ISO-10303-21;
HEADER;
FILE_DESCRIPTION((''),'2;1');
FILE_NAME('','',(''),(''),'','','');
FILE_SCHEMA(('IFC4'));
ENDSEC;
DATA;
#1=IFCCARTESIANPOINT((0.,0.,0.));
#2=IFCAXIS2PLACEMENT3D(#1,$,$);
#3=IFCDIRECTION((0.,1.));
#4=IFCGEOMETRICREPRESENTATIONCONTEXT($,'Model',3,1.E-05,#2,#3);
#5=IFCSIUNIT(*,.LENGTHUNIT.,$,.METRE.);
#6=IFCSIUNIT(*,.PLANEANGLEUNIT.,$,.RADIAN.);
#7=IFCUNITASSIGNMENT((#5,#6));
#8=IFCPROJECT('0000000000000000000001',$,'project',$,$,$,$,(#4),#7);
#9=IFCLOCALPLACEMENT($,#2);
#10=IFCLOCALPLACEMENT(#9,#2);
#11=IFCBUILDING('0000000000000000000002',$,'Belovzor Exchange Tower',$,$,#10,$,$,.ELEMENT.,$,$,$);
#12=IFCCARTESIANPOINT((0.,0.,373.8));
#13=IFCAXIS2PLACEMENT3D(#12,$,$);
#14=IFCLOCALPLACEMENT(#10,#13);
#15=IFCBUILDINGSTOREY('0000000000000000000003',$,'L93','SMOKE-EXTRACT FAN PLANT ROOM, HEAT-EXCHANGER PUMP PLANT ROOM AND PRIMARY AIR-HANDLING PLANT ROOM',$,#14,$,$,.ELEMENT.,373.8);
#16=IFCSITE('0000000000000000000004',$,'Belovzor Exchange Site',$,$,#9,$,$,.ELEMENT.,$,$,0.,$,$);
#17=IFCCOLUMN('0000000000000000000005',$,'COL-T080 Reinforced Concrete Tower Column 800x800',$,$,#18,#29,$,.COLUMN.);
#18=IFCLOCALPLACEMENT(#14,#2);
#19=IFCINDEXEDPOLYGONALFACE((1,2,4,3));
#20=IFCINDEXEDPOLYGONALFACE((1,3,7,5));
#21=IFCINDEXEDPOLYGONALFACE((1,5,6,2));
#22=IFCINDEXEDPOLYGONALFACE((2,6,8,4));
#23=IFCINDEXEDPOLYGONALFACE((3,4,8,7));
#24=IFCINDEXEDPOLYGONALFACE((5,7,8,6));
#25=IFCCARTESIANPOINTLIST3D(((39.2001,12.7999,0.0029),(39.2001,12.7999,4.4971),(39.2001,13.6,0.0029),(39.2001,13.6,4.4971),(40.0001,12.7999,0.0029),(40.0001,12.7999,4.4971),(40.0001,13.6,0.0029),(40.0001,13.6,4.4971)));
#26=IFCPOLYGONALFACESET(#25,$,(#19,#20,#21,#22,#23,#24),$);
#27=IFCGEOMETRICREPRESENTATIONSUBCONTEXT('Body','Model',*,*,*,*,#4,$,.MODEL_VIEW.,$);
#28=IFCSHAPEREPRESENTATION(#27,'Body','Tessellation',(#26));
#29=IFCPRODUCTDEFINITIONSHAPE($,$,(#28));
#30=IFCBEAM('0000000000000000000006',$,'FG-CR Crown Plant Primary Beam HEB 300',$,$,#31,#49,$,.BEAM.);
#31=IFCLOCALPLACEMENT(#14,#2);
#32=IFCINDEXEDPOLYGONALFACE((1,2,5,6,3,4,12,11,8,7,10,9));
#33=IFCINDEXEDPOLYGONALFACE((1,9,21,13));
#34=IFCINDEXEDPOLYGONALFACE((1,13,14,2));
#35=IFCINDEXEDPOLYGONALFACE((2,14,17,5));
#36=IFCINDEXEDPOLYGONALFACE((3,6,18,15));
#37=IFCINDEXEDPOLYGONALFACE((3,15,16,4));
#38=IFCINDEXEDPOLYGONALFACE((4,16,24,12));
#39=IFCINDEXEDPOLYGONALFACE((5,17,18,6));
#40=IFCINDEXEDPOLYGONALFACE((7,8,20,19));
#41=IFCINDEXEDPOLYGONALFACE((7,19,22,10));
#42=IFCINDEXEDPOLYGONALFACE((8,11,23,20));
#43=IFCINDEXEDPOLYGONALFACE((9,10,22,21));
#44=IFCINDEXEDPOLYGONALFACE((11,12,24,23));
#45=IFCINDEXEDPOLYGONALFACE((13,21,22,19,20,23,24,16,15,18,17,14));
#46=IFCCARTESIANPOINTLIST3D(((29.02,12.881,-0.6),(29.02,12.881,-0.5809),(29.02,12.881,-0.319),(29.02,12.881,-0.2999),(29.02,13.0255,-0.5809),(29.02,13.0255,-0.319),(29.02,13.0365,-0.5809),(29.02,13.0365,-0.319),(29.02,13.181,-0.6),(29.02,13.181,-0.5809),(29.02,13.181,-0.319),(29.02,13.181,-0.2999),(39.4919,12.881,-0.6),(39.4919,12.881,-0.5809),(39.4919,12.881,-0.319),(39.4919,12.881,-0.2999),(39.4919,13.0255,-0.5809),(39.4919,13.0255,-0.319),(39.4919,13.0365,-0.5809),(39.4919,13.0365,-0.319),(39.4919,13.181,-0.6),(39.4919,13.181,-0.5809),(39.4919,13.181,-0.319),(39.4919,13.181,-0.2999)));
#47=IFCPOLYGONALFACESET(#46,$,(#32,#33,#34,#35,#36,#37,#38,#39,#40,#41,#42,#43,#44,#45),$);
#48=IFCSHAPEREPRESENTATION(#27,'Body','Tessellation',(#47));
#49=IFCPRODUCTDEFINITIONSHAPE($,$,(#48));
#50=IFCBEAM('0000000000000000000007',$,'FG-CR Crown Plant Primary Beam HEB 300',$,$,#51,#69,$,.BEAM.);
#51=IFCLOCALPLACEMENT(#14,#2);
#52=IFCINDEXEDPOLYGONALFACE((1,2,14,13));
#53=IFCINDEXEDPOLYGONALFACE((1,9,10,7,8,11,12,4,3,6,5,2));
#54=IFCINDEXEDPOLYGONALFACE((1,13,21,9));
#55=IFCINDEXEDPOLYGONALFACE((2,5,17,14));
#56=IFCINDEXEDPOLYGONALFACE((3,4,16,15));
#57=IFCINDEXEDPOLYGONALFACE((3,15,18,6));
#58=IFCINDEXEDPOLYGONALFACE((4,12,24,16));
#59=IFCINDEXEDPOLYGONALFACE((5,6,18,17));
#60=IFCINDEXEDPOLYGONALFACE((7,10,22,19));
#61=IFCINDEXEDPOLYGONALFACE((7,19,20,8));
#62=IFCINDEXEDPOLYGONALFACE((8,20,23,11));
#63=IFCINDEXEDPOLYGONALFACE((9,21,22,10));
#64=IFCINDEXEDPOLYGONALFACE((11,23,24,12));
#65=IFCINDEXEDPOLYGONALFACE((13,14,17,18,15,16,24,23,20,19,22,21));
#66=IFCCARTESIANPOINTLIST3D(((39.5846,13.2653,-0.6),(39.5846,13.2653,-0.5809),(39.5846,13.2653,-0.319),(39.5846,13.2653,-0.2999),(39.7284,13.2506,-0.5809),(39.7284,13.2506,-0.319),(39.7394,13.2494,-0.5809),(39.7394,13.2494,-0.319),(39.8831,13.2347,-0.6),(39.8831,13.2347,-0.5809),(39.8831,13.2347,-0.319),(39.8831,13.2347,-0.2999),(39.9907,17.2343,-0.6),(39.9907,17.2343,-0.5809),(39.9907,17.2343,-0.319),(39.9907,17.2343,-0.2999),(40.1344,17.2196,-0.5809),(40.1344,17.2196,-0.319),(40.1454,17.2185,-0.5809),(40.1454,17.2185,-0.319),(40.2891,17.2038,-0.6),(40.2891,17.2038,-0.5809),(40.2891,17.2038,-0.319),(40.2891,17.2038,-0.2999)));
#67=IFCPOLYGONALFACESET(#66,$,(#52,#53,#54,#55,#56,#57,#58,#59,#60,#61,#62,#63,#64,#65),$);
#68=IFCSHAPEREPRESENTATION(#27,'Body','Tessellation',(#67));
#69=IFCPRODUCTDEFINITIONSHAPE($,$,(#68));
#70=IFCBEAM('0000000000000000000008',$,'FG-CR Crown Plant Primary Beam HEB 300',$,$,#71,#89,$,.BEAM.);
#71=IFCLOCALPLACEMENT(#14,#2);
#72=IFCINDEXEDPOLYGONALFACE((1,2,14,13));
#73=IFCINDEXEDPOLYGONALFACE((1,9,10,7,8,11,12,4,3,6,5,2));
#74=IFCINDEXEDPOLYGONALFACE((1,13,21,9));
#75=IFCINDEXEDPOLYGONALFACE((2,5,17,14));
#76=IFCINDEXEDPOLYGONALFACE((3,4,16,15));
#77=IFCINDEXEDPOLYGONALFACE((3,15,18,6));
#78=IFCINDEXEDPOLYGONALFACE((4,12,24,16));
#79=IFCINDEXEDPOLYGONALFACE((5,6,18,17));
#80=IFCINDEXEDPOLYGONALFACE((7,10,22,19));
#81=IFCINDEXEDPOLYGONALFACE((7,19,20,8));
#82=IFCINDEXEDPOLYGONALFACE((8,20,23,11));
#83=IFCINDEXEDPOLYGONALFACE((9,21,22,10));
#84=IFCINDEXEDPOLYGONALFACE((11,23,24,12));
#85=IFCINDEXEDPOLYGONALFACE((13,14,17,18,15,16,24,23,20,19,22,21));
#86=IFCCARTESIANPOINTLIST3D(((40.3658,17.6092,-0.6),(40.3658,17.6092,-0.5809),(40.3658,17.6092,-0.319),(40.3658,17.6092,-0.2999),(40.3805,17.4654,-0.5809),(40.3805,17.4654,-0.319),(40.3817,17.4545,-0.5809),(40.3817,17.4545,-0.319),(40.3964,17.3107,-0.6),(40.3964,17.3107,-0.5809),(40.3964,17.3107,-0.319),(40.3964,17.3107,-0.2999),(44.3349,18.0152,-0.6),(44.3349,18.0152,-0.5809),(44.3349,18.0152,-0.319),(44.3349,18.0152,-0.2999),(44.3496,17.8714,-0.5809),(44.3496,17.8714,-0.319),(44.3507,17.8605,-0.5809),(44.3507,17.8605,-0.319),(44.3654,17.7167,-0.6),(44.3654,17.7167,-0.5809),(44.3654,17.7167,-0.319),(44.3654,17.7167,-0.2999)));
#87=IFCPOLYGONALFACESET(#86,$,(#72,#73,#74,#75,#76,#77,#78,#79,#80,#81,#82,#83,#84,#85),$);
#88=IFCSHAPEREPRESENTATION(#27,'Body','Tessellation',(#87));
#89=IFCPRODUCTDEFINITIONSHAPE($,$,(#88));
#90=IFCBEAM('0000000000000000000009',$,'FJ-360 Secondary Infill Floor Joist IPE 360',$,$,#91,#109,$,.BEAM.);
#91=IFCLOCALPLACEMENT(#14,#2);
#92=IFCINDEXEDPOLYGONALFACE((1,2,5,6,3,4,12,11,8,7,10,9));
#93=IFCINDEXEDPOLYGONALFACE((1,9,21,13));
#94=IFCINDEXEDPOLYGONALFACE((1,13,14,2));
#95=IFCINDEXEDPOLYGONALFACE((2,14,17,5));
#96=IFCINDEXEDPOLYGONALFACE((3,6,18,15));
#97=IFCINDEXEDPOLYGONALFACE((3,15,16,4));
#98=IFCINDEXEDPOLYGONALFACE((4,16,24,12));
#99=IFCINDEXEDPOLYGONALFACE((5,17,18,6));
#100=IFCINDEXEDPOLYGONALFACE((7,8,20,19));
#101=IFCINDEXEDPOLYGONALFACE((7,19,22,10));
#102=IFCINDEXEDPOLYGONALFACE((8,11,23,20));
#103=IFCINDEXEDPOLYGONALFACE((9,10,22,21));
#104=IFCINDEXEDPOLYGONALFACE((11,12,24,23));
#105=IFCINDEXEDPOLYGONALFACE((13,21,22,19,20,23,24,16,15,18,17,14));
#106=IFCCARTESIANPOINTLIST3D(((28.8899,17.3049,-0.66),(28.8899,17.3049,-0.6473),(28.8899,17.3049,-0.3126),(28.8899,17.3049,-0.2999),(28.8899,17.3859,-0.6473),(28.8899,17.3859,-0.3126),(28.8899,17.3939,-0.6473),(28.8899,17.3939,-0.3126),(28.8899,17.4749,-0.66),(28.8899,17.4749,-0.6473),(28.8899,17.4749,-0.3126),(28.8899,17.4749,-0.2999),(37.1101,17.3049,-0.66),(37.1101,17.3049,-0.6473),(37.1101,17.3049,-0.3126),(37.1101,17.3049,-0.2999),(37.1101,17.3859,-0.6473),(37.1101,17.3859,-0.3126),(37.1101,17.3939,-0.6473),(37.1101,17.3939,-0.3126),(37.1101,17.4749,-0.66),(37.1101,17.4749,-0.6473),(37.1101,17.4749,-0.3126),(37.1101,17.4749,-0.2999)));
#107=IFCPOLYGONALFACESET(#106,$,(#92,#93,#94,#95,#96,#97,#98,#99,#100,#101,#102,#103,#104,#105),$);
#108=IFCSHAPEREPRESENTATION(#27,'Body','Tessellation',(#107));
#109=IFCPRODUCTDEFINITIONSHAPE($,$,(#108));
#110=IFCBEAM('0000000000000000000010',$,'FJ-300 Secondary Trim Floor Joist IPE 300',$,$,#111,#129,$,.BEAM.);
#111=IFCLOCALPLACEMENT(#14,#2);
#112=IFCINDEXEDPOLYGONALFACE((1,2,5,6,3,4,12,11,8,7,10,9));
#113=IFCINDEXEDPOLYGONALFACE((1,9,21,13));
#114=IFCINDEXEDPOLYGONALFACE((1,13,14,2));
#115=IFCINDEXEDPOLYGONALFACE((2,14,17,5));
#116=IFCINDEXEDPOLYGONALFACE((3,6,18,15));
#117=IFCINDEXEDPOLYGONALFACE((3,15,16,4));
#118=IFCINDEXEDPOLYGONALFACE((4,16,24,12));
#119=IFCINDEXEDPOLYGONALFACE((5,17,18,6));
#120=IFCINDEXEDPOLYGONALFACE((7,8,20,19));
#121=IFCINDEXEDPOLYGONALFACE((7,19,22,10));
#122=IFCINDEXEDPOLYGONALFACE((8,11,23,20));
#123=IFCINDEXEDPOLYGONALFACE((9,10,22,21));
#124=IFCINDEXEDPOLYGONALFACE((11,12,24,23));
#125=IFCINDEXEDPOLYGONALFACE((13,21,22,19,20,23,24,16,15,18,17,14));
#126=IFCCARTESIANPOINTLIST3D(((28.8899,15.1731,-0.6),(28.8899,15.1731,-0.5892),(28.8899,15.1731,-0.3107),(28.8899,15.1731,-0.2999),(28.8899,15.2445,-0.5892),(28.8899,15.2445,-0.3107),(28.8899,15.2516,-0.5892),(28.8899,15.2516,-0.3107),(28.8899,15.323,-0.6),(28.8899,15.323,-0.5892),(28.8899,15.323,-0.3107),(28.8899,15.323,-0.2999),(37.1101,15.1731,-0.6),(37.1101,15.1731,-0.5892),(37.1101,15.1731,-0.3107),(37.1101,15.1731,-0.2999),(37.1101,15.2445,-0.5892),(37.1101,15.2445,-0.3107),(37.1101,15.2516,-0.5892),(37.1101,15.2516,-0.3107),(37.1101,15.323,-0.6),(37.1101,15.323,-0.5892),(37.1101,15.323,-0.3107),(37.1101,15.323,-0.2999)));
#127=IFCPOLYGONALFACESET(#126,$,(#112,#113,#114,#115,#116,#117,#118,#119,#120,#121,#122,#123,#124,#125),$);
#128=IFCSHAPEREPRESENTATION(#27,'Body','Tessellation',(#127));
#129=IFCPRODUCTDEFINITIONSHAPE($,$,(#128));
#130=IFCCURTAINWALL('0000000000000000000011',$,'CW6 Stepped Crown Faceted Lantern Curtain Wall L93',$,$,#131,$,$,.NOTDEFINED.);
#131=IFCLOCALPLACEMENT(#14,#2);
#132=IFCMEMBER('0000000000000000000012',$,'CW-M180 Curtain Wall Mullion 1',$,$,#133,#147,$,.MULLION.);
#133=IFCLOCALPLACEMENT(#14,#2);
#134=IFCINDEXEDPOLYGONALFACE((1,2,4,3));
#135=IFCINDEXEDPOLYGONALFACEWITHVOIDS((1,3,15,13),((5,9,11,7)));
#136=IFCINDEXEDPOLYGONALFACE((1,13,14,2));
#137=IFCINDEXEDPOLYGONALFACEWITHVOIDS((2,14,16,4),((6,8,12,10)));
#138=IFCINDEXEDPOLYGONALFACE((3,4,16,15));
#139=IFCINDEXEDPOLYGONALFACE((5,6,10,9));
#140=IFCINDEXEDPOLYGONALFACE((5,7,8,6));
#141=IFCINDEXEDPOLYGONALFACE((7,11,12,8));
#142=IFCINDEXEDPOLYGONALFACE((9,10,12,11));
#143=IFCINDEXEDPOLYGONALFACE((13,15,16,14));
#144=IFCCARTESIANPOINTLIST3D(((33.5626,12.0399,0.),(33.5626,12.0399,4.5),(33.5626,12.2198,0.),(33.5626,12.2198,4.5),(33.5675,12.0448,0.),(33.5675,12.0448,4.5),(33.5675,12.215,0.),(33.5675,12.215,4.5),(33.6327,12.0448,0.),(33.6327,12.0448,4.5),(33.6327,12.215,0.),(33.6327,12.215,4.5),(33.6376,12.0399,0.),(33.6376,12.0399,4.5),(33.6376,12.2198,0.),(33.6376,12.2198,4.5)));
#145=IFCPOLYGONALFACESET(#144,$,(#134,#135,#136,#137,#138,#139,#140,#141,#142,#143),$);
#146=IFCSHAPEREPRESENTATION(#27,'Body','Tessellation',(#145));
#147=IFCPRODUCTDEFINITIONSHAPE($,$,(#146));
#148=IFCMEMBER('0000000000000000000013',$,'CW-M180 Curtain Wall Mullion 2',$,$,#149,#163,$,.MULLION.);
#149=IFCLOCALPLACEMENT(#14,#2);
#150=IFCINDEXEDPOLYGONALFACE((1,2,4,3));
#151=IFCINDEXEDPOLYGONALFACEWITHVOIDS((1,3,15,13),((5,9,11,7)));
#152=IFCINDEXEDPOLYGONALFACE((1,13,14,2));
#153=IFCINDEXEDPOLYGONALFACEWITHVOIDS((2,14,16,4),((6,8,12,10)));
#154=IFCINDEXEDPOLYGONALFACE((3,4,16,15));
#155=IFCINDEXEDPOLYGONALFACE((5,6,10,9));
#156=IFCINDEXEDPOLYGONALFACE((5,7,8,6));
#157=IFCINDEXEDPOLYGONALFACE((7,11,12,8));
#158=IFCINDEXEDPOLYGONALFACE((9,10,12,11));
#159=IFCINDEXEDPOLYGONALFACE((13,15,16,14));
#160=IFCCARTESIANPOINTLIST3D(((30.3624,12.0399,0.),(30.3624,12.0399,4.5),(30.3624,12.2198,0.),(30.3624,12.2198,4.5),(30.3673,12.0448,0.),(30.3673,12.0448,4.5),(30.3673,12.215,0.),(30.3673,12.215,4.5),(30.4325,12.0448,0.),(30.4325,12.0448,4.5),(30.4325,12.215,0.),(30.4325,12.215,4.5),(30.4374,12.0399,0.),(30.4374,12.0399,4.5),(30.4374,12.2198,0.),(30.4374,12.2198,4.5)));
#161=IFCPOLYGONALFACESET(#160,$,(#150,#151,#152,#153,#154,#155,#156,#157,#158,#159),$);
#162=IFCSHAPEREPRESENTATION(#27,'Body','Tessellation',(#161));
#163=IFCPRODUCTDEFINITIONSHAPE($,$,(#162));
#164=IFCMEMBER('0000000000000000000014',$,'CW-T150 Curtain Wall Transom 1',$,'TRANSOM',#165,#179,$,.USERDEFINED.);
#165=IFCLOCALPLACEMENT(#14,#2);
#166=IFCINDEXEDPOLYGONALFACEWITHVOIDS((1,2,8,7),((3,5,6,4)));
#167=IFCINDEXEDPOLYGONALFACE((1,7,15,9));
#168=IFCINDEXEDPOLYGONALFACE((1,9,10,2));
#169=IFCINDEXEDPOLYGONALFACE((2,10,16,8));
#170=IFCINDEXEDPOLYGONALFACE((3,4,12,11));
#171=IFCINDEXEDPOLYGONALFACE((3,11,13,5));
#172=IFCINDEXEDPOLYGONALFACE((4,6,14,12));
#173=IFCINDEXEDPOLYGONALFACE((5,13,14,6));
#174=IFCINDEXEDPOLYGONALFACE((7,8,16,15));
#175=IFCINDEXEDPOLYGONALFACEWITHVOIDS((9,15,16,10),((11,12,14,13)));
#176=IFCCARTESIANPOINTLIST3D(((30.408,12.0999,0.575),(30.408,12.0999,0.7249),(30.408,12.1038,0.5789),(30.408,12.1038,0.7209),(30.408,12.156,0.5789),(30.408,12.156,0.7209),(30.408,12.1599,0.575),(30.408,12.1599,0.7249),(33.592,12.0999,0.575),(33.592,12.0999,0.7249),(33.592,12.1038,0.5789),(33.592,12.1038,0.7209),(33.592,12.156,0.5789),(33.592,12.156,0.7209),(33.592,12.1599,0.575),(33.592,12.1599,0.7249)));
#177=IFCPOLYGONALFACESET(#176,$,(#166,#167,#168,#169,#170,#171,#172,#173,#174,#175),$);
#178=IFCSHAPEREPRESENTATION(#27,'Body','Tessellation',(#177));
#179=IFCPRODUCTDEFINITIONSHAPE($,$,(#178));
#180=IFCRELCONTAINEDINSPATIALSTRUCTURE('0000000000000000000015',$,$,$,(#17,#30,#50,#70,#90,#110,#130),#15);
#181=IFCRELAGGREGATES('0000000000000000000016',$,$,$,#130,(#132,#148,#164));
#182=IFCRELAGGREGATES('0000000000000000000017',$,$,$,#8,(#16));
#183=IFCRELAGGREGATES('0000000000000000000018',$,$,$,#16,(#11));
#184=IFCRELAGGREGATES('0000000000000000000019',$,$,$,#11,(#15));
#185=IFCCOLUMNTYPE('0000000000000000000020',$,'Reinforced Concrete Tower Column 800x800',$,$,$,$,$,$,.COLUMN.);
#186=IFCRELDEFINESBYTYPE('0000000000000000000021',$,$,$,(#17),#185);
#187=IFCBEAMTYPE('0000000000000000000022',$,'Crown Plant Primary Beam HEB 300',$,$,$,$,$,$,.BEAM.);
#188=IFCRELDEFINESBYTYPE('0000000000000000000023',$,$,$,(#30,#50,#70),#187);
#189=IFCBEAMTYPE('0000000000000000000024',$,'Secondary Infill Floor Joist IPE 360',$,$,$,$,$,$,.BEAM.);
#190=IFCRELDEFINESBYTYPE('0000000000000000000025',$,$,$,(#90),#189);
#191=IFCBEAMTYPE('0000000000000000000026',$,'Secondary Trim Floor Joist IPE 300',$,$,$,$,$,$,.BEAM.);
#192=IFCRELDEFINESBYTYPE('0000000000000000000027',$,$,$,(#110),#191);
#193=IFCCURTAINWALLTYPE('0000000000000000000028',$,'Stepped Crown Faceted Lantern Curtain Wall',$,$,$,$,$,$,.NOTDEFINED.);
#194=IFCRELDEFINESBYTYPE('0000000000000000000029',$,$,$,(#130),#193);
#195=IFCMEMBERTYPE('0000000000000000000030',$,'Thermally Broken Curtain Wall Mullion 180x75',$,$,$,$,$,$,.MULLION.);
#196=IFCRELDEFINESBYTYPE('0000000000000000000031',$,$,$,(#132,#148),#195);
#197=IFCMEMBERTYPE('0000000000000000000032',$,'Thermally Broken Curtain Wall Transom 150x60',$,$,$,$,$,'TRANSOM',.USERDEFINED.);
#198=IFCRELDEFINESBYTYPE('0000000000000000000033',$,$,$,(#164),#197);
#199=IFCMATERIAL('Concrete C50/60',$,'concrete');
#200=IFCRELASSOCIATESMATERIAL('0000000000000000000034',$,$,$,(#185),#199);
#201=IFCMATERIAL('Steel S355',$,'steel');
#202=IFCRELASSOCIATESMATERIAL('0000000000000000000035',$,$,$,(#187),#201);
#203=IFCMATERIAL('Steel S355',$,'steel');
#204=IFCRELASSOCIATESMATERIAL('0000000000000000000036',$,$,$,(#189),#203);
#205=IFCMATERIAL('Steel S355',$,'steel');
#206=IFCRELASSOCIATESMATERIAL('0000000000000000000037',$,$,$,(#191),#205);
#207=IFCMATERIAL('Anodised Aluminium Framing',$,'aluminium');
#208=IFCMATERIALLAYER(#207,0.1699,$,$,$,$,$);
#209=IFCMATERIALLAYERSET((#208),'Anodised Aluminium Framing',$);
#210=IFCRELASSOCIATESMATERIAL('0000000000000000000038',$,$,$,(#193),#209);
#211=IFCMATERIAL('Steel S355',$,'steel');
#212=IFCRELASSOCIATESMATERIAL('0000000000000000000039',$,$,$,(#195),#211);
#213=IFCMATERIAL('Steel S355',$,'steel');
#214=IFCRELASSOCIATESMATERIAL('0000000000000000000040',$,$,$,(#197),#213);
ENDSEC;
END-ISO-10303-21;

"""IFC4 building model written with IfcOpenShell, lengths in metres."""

from ifc_helpers import new_model, si_unit, direction, frame, origin, origin_2d, place, context, subcontext, project, spatial, rectangle, hollow_rectangle, i_section, extrude, material, layer, layer_set, material_profile, profile_set, type_object, element, aggregate, save


model = new_model("IFC4")

# Units and contexts
model_context = context("Model", 3, precision=1e-05, world=origin(), true_north=direction((0.0, 1.0)))
body_context = subcontext(model_context, "Body", "Model", "MODEL_VIEW")
ifc_project = project(units=[si_unit("LENGTHUNIT", "METRE"), si_unit("PLANEANGLEUNIT", "RADIAN")], contexts=[model_context])

# Site, building, storey
site_placement = place(None, origin())
site = spatial("IfcSite", under=ifc_project, at=site_placement, Name="Belovzor Exchange Site", CompositionType="ELEMENT", RefElevation=0.0)
building_placement = place(site_placement, origin())
building = spatial("IfcBuilding", under=site, at=building_placement, Name="Belovzor Exchange Tower", CompositionType="ELEMENT")
storey_placement = place(building_placement, frame((0.0, 0.0, 373.8)))
storey = spatial("IfcBuildingStorey", under=building, at=storey_placement, Name="L93", Description="SMOKE-EXTRACT FAN PLANT ROOM, HEAT-EXCHANGER PUMP PLANT ROOM AND PRIMARY AIR-HANDLING PLANT ROOM", CompositionType="ELEMENT", Elevation=373.8)

# Column
ifc_material_1 = material(Name="Concrete C50/60", Category="concrete")
ifc_material_profile_1 = material_profile(ifc_material_1, rectangle(XDim=0.8, YDim=0.8, at=origin_2d()))
ifc_profile_set_1 = profile_set([ifc_material_profile_1], Name="Concrete C50/60")
column_type = type_object("IfcColumnType", Name="Reinforced Concrete Tower Column 800x800", PredefinedType="COLUMN", material=ifc_profile_set_1)
column_placement = place(storey_placement, frame((39.6001, 13.2, 0.0029), z_axis=(0.0, 0.0, 1.0), x_axis=(1.0, 0.0, 0.0)))
element("IfcColumn", 1, at=column_placement, inside=storey, type_object=column_type, Name="COL-T080 Reinforced Concrete Tower Column 800x800", PredefinedType="COLUMN", context=body_context, shape_type="SweptSolid", body=[
    extrude(rectangle(XDim=0.8, YDim=0.8, at=origin_2d()), origin(), (0.0, 0.0, 1.0), 4.4941),
])

# Beams
ifc_material_2 = material(Name="Steel S355", Category="steel")
ifc_material_profile_2 = material_profile(ifc_material_2, i_section(OverallWidth=0.3, OverallDepth=0.3, WebThickness=0.011, FlangeThickness=0.019, at=origin_2d()))
ifc_profile_set_2 = profile_set([ifc_material_profile_2], Name="Steel S355")
beam_type_1 = type_object("IfcBeamType", Name="Crown Plant Primary Beam HEB 300", PredefinedType="BEAM", material=ifc_profile_set_2)
beam_1_placement = place(storey_placement, frame((29.02, 13.031, -0.45), z_axis=(1.0, 0.0, 0.0), x_axis=(0.0, 1.0, 0.0)))
element("IfcBeam", 2, at=beam_1_placement, inside=storey, type_object=beam_type_1, Name="FG-CR Crown Plant Primary Beam HEB 300", PredefinedType="BEAM", context=body_context, shape_type="SweptSolid", body=[
    extrude(i_section(OverallWidth=0.3, OverallDepth=0.3, WebThickness=0.011, FlangeThickness=0.019, at=origin_2d()), origin(), (0.0, 0.0, 1.0), 10.4719),
])
for number, where, z_axis, x_axis, name in (
    (3, (39.7339, 13.25, -0.45), (0.101763, 0.994809, 0.0), (-0.994809, 0.101763, 0.0), "FG-CR Crown Plant Primary Beam HEB 300"),
    (4, (40.3811, 17.46, -0.45), (0.994809, 0.101763, 0.0), (-0.101763, 0.994809, 0.0), "FG-CR Crown Plant Primary Beam HEB 300"),
):
    element("IfcBeam", number, at=place(storey_placement, frame(where, z_axis=z_axis, x_axis=x_axis)), inside=storey, type_object=beam_type_1, Name=name, PredefinedType="BEAM", context=body_context, shape_type="SweptSolid", body=[
        extrude(i_section(OverallWidth=0.3, OverallDepth=0.3, WebThickness=0.011, FlangeThickness=0.019, at=origin_2d()), origin(), (0.0, 0.0, 1.0), 3.9897),
    ])
ifc_material_3 = material(Name="Steel S355", Category="steel")
ifc_material_profile_3 = material_profile(ifc_material_3, i_section(OverallWidth=0.1699, OverallDepth=0.3601, WebThickness=0.0081, FlangeThickness=0.0127, at=origin_2d()))
ifc_profile_set_3 = profile_set([ifc_material_profile_3], Name="Steel S355")
beam_type_2 = type_object("IfcBeamType", Name="Secondary Infill Floor Joist IPE 360", PredefinedType="BEAM", material=ifc_profile_set_3)
beam_2_placement = place(storey_placement, frame((28.8899, 17.3899, -0.48), z_axis=(1.0, 0.0, 0.0), x_axis=(0.0, 1.0, 0.0)))
element("IfcBeam", 5, at=beam_2_placement, inside=storey, type_object=beam_type_2, Name="FJ-360 Secondary Infill Floor Joist IPE 360", PredefinedType="BEAM", context=body_context, shape_type="SweptSolid", body=[
    extrude(i_section(OverallWidth=0.1699, OverallDepth=0.3601, WebThickness=0.0081, FlangeThickness=0.0127, at=origin_2d()), origin(), (0.0, 0.0, 1.0), 8.2202),
])
ifc_material_4 = material(Name="Steel S355", Category="steel")
ifc_material_profile_4 = material_profile(ifc_material_4, i_section(OverallWidth=0.1499, OverallDepth=0.3, WebThickness=0.0071, FlangeThickness=0.0107, at=origin_2d()))
ifc_profile_set_4 = profile_set([ifc_material_profile_4], Name="Steel S355")
beam_type_3 = type_object("IfcBeamType", Name="Secondary Trim Floor Joist IPE 300", PredefinedType="BEAM", material=ifc_profile_set_4)
beam_3_placement = place(storey_placement, frame((28.8899, 15.248, -0.45), z_axis=(1.0, 0.0, 0.0), x_axis=(0.0, 1.0, 0.0)))
element("IfcBeam", 6, at=beam_3_placement, inside=storey, type_object=beam_type_3, Name="FJ-300 Secondary Trim Floor Joist IPE 300", PredefinedType="BEAM", context=body_context, shape_type="SweptSolid", body=[
    extrude(i_section(OverallWidth=0.1499, OverallDepth=0.3, WebThickness=0.0071, FlangeThickness=0.0107, at=origin_2d()), origin(), (0.0, 0.0, 1.0), 8.2202),
])

# Curtain wall, members
ifc_material_5 = material(Name="Anodised Aluminium Framing", Category="aluminium")
ifc_layer_1 = layer(ifc_material_5, 0.1699)
ifc_layer_set_1 = layer_set([ifc_layer_1], Name="Anodised Aluminium Framing")
curtain_wall_type = type_object("IfcCurtainWallType", Name="Stepped Crown Faceted Lantern Curtain Wall", PredefinedType="NOTDEFINED", material=ifc_layer_set_1)
curtain_wall_placement = place(storey_placement, origin())
curtain_wall = element("IfcCurtainWall", 7, at=curtain_wall_placement, inside=storey, type_object=curtain_wall_type, Name="CW6 Stepped Crown Faceted Lantern Curtain Wall L93", PredefinedType="NOTDEFINED")
ifc_material_6 = material(Name="Steel S355", Category="steel")
ifc_material_profile_5 = material_profile(ifc_material_6, hollow_rectangle(XDim=0.075, YDim=0.1799, WallThickness=0.0049, at=origin_2d()))
ifc_profile_set_5 = profile_set([ifc_material_profile_5], Name="Steel S355")
member_type_1 = type_object("IfcMemberType", Name="Thermally Broken Curtain Wall Mullion 180x75", PredefinedType="MULLION", material=ifc_profile_set_5)
member_1_placement = place(storey_placement, frame((33.6001, 12.1299, 0.0), z_axis=(0.0, 0.0, 1.0), x_axis=(-1.0, 0.0, 0.0)))
member_1 = element("IfcMember", 8, at=member_1_placement, type_object=member_type_1, Name="CW-M180 Curtain Wall Mullion 1", PredefinedType="MULLION", context=body_context, shape_type="SweptSolid", body=[
    extrude(hollow_rectangle(XDim=0.075, YDim=0.1799, WallThickness=0.0049, at=origin_2d()), origin(), (0.0, 0.0, 1.0), 4.5),
])
member_2_placement = place(storey_placement, frame((30.3999, 12.1299, 0.0), z_axis=(0.0, 0.0, 1.0), x_axis=(-1.0, 0.0, 0.0)))
member_2 = element("IfcMember", 9, at=member_2_placement, type_object=member_type_1, Name="CW-M180 Curtain Wall Mullion 2", PredefinedType="MULLION", context=body_context, shape_type="SweptSolid", body=[
    extrude(hollow_rectangle(XDim=0.075, YDim=0.1799, WallThickness=0.0049, at=origin_2d()), origin(), (0.0, 0.0, 1.0), 4.5),
])
ifc_material_7 = material(Name="Steel S355", Category="steel")
ifc_material_profile_6 = material_profile(ifc_material_7, hollow_rectangle(XDim=0.0601, YDim=0.1499, WallThickness=0.0039, at=origin_2d()))
ifc_profile_set_6 = profile_set([ifc_material_profile_6], Name="Steel S355")
member_type_2 = type_object("IfcMemberType", Name="Thermally Broken Curtain Wall Transom 150x60", ElementType="TRANSOM", PredefinedType="USERDEFINED", material=ifc_profile_set_6)
member_3_placement = place(storey_placement, frame((33.592, 12.1299, 0.6499), z_axis=(-1.0, 0.0, 0.0), x_axis=(0.0, -1.0, 0.0)))
member_3 = element("IfcMember", 10, at=member_3_placement, type_object=member_type_2, Name="CW-T150 Curtain Wall Transom 1", ObjectType="TRANSOM", PredefinedType="USERDEFINED", context=body_context, shape_type="SweptSolid", body=[
    extrude(hollow_rectangle(XDim=0.0601, YDim=0.1499, WallThickness=0.0039, at=origin_2d()), origin(), (0.0, 0.0, 1.0), 3.1841),
])

aggregate(curtain_wall, [member_1, member_2, member_3])

save(model, "model.ifc")
